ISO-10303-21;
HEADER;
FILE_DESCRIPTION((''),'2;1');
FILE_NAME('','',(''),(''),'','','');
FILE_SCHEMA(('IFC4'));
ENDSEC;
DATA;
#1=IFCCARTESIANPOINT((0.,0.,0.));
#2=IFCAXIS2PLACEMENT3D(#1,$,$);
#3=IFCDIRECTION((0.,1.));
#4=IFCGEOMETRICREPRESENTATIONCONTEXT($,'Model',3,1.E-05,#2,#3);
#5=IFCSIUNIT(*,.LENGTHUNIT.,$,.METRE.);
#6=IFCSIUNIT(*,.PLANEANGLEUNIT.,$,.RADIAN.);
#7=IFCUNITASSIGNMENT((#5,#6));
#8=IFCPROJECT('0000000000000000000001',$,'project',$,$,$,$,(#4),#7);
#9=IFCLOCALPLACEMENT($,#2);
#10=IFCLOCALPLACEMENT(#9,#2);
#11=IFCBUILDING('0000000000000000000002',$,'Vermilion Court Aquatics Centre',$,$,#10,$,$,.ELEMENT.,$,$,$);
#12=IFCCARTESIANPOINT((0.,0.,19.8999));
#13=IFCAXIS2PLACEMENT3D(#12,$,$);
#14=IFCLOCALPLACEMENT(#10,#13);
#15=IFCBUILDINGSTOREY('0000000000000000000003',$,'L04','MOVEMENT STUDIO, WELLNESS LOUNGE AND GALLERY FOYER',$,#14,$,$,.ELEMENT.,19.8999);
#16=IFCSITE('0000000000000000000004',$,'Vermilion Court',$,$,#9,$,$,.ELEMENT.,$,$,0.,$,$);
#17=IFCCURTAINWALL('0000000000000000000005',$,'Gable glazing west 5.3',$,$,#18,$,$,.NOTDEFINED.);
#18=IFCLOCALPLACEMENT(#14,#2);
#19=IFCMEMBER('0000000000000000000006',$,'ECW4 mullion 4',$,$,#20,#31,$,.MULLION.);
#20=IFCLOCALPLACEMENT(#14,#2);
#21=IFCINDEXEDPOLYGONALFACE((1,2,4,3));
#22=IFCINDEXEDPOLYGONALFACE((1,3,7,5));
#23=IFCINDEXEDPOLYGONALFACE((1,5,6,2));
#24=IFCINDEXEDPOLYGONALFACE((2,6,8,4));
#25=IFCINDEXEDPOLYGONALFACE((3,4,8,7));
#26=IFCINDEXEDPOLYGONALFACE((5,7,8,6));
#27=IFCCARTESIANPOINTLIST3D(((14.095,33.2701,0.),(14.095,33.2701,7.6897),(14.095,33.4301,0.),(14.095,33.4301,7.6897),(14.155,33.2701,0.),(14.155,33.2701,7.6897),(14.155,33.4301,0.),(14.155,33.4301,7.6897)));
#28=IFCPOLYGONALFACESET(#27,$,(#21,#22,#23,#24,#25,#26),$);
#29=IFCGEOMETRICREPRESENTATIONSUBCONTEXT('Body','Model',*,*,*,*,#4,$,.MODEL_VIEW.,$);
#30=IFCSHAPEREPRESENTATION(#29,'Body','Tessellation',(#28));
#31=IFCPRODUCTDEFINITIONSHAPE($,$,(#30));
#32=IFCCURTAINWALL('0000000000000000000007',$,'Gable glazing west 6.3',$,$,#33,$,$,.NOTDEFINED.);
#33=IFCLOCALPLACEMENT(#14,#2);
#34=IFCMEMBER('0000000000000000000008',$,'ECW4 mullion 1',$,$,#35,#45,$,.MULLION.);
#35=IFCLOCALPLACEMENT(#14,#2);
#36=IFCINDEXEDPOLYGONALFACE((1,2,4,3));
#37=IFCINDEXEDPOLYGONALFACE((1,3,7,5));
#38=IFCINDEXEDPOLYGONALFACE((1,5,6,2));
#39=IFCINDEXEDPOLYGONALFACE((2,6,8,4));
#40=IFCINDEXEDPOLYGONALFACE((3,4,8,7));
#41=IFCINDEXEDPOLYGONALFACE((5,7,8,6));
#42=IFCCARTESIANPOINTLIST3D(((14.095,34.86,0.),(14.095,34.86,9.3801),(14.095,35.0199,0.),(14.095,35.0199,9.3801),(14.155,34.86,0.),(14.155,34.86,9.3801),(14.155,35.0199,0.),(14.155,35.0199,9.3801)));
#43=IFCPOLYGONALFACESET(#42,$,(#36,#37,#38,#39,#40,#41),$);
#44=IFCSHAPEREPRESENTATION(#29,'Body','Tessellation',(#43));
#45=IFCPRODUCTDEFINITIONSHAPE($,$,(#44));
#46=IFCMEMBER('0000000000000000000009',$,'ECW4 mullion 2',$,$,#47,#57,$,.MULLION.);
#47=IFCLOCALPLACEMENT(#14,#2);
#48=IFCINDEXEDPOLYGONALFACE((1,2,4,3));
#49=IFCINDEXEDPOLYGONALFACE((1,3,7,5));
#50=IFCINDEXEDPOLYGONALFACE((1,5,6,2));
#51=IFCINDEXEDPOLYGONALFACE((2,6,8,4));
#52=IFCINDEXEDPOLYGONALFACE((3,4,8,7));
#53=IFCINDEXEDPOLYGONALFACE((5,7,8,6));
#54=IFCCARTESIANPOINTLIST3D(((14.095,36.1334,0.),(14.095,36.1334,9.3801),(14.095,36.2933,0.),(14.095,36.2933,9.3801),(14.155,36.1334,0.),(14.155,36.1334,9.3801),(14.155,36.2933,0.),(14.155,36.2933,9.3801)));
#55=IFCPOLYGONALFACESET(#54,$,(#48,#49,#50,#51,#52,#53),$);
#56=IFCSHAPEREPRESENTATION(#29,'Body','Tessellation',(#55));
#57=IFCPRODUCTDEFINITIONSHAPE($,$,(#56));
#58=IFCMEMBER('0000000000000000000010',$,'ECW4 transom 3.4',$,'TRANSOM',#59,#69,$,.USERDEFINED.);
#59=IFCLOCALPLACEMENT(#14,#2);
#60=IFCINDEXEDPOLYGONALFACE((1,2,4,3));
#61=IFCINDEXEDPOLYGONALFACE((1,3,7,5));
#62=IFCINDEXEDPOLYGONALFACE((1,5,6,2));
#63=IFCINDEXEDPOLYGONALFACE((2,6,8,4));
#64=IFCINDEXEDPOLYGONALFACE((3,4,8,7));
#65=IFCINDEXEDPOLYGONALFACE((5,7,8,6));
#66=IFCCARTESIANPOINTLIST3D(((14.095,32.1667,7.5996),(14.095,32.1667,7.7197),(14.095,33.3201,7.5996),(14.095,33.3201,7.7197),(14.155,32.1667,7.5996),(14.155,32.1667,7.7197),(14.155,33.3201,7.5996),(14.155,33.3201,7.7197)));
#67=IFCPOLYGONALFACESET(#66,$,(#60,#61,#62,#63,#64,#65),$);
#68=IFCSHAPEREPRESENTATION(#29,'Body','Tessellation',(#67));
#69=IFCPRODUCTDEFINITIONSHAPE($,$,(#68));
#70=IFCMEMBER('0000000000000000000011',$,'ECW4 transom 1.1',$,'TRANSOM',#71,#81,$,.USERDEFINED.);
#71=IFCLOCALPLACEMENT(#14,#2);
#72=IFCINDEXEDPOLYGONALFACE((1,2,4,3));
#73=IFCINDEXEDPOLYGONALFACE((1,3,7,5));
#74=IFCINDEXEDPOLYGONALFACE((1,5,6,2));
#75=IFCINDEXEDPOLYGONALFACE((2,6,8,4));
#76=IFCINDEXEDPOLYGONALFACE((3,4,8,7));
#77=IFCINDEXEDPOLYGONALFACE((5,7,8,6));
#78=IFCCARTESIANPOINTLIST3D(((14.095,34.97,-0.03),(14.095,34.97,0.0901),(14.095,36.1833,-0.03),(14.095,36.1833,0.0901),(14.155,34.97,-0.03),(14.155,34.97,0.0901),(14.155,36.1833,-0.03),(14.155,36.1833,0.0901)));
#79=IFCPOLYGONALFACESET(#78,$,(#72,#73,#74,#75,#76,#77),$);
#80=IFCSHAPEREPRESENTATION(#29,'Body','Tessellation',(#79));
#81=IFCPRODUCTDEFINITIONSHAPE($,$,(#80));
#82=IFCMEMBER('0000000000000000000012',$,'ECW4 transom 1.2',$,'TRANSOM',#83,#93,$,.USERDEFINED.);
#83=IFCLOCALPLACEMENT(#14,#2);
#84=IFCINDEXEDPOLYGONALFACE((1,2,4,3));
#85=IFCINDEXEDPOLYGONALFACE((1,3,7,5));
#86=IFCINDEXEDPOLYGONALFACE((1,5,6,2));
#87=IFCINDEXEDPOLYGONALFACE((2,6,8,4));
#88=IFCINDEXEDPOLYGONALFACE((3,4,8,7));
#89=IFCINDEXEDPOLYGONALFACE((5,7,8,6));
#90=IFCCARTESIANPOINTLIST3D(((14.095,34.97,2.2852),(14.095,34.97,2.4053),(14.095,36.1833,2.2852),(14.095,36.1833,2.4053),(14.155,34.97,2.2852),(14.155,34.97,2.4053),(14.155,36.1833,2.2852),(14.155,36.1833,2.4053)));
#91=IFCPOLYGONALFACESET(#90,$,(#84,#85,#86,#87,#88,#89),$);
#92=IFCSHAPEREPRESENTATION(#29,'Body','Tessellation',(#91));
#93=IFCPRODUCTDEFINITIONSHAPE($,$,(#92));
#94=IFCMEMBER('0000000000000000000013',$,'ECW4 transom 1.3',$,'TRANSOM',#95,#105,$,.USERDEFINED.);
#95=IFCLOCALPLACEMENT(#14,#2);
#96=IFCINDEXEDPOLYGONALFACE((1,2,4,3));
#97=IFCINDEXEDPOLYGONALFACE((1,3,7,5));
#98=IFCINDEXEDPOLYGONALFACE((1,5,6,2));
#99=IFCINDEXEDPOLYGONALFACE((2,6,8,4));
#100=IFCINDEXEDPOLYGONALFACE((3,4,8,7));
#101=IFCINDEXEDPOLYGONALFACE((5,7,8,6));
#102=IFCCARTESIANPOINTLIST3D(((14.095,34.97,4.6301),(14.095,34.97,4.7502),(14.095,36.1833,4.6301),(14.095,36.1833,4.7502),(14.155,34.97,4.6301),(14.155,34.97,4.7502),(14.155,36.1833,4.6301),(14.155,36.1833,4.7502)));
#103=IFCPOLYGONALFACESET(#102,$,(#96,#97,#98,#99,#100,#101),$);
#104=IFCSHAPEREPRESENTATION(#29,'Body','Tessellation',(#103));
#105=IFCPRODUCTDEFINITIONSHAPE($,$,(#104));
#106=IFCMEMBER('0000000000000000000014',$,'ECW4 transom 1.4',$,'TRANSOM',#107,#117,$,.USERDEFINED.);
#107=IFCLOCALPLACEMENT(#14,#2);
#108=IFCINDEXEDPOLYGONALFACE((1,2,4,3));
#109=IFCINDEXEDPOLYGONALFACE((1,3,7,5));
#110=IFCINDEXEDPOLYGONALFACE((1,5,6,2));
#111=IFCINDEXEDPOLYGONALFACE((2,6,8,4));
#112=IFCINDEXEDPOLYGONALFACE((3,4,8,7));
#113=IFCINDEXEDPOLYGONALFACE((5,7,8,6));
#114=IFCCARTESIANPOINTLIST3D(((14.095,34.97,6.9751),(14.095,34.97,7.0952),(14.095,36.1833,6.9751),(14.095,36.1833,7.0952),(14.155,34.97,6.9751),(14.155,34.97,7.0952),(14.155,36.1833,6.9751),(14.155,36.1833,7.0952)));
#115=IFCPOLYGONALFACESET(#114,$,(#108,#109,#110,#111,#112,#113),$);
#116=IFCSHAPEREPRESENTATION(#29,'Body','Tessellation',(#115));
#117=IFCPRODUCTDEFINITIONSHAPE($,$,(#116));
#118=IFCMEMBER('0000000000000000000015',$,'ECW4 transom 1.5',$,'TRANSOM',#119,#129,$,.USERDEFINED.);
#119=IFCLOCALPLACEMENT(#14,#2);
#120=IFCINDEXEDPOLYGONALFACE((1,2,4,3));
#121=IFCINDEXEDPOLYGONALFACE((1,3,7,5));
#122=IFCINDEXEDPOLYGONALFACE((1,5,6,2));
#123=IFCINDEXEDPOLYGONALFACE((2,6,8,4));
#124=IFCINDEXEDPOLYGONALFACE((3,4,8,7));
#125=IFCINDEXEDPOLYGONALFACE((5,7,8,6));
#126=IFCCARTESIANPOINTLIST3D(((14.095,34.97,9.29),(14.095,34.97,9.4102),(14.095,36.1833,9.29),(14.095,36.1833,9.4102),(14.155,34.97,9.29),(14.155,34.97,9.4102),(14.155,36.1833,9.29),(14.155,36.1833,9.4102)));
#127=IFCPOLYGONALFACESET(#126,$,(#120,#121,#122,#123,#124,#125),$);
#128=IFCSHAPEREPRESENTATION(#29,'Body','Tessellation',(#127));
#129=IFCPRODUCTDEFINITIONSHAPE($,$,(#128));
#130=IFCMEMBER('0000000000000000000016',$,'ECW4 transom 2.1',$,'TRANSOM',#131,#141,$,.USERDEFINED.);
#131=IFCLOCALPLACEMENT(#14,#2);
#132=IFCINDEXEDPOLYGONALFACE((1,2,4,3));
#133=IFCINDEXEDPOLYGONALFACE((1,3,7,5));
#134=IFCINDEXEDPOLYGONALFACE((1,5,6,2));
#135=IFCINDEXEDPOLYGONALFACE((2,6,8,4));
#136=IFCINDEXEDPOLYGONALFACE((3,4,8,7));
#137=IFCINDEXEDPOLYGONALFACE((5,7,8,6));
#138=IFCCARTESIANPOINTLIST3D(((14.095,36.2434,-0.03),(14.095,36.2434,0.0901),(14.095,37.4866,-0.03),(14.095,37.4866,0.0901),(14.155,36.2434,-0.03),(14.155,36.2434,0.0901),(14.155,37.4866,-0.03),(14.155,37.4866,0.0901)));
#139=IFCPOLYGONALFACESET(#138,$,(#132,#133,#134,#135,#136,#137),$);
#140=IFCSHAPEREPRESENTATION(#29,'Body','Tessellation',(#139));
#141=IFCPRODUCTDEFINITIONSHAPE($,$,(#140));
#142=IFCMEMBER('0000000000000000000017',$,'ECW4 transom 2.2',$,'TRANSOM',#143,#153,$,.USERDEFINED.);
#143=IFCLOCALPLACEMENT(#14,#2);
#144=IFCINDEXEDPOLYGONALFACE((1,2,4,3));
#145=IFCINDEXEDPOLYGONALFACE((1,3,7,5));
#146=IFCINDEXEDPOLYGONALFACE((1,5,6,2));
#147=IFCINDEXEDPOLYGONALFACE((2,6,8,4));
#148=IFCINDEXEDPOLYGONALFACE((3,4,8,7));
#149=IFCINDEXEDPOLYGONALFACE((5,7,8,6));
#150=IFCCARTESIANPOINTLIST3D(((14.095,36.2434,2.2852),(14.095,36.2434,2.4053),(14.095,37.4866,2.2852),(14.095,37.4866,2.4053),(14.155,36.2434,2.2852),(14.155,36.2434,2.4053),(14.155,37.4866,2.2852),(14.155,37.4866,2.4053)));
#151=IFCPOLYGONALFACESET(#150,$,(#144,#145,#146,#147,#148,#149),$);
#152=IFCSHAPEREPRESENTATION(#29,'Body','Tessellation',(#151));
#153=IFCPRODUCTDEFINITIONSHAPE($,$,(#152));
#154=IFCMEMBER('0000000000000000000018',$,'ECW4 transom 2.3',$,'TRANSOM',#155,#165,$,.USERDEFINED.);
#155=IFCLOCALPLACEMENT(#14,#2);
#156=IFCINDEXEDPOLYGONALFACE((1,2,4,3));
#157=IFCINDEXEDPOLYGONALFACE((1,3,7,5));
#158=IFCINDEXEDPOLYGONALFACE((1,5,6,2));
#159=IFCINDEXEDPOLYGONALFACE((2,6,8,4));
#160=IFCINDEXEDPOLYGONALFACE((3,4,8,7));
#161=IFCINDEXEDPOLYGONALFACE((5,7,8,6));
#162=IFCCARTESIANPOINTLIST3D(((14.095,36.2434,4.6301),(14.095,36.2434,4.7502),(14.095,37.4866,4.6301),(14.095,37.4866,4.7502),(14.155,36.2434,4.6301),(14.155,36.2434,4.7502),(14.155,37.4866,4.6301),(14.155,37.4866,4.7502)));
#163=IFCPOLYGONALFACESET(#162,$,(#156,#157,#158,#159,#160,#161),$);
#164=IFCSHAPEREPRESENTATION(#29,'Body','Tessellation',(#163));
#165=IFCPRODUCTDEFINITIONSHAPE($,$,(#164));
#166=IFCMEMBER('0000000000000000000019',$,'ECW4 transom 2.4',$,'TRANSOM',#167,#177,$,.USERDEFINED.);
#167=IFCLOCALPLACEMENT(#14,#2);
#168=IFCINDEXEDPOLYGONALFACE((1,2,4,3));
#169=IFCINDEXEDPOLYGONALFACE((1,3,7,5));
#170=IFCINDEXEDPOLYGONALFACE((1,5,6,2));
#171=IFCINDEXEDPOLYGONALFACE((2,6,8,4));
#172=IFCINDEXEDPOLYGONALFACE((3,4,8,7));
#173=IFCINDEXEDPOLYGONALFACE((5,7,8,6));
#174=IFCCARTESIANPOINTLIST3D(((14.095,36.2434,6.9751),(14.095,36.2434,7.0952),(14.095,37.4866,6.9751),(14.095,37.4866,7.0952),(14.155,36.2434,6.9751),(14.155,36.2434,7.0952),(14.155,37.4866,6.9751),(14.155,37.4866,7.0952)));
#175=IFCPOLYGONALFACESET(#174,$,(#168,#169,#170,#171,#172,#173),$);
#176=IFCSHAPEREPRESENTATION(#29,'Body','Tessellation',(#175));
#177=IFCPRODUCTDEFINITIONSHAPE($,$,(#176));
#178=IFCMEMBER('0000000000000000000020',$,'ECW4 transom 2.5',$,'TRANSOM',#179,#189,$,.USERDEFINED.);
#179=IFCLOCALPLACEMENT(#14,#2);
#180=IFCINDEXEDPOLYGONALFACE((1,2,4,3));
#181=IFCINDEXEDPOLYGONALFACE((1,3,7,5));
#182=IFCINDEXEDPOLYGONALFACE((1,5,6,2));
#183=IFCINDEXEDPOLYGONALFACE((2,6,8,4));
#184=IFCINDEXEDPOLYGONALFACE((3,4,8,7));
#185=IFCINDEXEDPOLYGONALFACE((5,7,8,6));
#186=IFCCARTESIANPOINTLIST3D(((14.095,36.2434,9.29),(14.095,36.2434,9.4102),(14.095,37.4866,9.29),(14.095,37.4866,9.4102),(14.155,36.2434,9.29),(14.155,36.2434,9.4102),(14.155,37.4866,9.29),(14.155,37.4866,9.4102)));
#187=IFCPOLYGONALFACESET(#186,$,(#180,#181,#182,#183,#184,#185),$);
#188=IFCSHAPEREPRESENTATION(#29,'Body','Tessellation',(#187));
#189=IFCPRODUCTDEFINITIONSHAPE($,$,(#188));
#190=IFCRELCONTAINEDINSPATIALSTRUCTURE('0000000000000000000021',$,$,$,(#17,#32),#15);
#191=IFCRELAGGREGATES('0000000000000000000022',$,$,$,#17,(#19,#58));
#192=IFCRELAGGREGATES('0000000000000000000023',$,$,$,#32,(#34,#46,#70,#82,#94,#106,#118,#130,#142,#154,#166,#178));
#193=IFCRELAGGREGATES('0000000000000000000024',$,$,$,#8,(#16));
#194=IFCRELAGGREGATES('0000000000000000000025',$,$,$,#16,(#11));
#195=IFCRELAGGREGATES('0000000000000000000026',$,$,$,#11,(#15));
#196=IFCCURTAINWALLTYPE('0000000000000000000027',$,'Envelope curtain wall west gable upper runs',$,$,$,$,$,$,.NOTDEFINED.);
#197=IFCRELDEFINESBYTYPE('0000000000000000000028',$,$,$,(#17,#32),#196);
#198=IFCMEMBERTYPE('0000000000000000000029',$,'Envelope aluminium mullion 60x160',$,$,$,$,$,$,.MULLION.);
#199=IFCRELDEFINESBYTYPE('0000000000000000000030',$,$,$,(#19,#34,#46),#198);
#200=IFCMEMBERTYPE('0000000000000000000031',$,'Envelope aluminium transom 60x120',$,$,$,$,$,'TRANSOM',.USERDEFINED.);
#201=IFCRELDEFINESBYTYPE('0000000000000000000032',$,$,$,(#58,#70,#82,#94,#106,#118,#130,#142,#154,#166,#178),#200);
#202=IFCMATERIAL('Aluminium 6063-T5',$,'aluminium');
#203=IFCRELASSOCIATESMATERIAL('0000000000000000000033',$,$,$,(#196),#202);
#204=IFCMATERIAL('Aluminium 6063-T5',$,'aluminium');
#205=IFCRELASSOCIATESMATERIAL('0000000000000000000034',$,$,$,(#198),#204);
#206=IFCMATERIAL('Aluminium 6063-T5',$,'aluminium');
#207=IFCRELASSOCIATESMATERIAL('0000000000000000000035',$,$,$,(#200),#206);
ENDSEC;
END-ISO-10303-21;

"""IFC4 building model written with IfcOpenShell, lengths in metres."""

from ifc_helpers import new_model, si_unit, direction, frame, origin, origin_2d, place, context, subcontext, project, spatial, rectangle, extrude, material, material_profile, profile_set, type_object, element, aggregate, save


model = new_model("IFC4")

# Units and contexts
model_context = context("Model", 3, precision=1e-05, world=origin(), true_north=direction((0.0, 1.0)))
body_context = subcontext(model_context, "Body", "Model", "MODEL_VIEW")
ifc_project = project(units=[si_unit("LENGTHUNIT", "METRE"), si_unit("PLANEANGLEUNIT", "RADIAN")], contexts=[model_context])

# Site, building, storey
site_placement = place(None, origin())
site = spatial("IfcSite", under=ifc_project, at=site_placement, Name="Vermilion Court", CompositionType="ELEMENT", RefElevation=0.0)
building_placement = place(site_placement, origin())
building = spatial("IfcBuilding", under=site, at=building_placement, Name="Vermilion Court Aquatics Centre", CompositionType="ELEMENT")
storey_placement = place(building_placement, frame((0.0, 0.0, 19.8999)))
storey = spatial("IfcBuildingStorey", under=building, at=storey_placement, Name="L04", Description="MOVEMENT STUDIO, WELLNESS LOUNGE AND GALLERY FOYER", CompositionType="ELEMENT", Elevation=19.8999)

# Curtain wall, member
ifc_material_1 = material(Name="Aluminium 6063-T5", Category="aluminium")
curtain_wall_type = type_object("IfcCurtainWallType", Name="Envelope curtain wall west gable upper runs", PredefinedType="NOTDEFINED", material=ifc_material_1)
curtain_wall_1_placement = place(storey_placement, origin())
curtain_wall_1 = element("IfcCurtainWall", 1, at=curtain_wall_1_placement, inside=storey, type_object=curtain_wall_type, Name="Gable glazing west 5.3", PredefinedType="NOTDEFINED")
ifc_material_2 = material(Name="Aluminium 6063-T5", Category="aluminium")
ifc_material_profile_1 = material_profile(ifc_material_2, rectangle(XDim=0.0601, YDim=0.1599, at=origin_2d()), Name="AL 60x160")
ifc_profile_set_1 = profile_set([ifc_material_profile_1], Name="Aluminium 6063-T5")
member_type_1 = type_object("IfcMemberType", Name="Envelope aluminium mullion 60x160", PredefinedType="MULLION", material=ifc_profile_set_1)
member_1_placement = place(storey_placement, frame((14.125, 33.3501, 0.0), z_axis=(0.0, 0.0, 1.0), x_axis=(-1.0, 0.0, 0.0)))
member_1 = element("IfcMember", 2, at=member_1_placement, type_object=member_type_1, Name="ECW4 mullion 4", PredefinedType="MULLION", context=body_context, shape_type="SweptSolid", body=[
    extrude(rectangle(XDim=0.0601, YDim=0.1599, at=origin_2d()), origin(), (0.0, 0.0, 1.0), 7.6897),
])

# Curtain wall, members
curtain_wall_2_placement = place(storey_placement, origin())
curtain_wall_2 = element("IfcCurtainWall", 3, at=curtain_wall_2_placement, inside=storey, type_object=curtain_wall_type, Name="Gable glazing west 6.3", PredefinedType="NOTDEFINED")
member_2_placement = place(storey_placement, frame((14.125, 34.9399, 0.0), z_axis=(0.0, 0.0, 1.0), x_axis=(-1.0, 0.0, 0.0)))
member_2 = element("IfcMember", 4, at=member_2_placement, type_object=member_type_1, Name="ECW4 mullion 1", PredefinedType="MULLION", context=body_context, shape_type="SweptSolid", body=[
    extrude(rectangle(XDim=0.0601, YDim=0.1599, at=origin_2d()), origin(), (0.0, 0.0, 1.0), 9.3801),
])
member_3_placement = place(storey_placement, frame((14.125, 36.2134, 0.0), z_axis=(0.0, 0.0, 1.0), x_axis=(-1.0, 0.0, 0.0)))
member_3 = element("IfcMember", 5, at=member_3_placement, type_object=member_type_1, Name="ECW4 mullion 2", PredefinedType="MULLION", context=body_context, shape_type="SweptSolid", body=[
    extrude(rectangle(XDim=0.0601, YDim=0.1599, at=origin_2d()), origin(), (0.0, 0.0, 1.0), 9.3801),
])

# Members
ifc_material_3 = material(Name="Aluminium 6063-T5", Category="aluminium")
ifc_material_profile_2 = material_profile(ifc_material_3, rectangle(XDim=0.0601, YDim=0.1201, at=origin_2d()), Name="AL 60x120")
ifc_profile_set_2 = profile_set([ifc_material_profile_2], Name="Aluminium 6063-T5")
member_type_2 = type_object("IfcMemberType", Name="Envelope aluminium transom 60x120", ElementType="TRANSOM", PredefinedType="USERDEFINED", material=ifc_profile_set_2)
member_4_placement = place(storey_placement, frame((14.125, 32.1667, 7.6597), z_axis=(0.0, 1.0, 0.0), x_axis=(-1.0, 0.0, 0.0)))
member_4 = element("IfcMember", 6, at=member_4_placement, type_object=member_type_2, Name="ECW4 transom 3.4", ObjectType="TRANSOM", PredefinedType="USERDEFINED", context=body_context, shape_type="SweptSolid", body=[
    extrude(rectangle(XDim=0.0601, YDim=0.1201, at=origin_2d()), origin(), (0.0, 0.0, 1.0), 1.1533),
])
member_5_placement = place(storey_placement, frame((14.125, 34.97, 0.03), z_axis=(0.0, 1.0, 0.0), x_axis=(-1.0, 0.0, 0.0)))
member_5 = element("IfcMember", 7, at=member_5_placement, type_object=member_type_2, Name="ECW4 transom 1.1", ObjectType="TRANSOM", PredefinedType="USERDEFINED", context=body_context, shape_type="SweptSolid", body=[
    extrude(rectangle(XDim=0.0601, YDim=0.1201, at=origin_2d()), origin(), (0.0, 0.0, 1.0), 1.2134),
])
member_6_placement = place(storey_placement, frame((14.125, 34.97, 2.3452), z_axis=(0.0, 1.0, 0.0), x_axis=(-1.0, 0.0, 0.0)))
member_6 = element("IfcMember", 8, at=member_6_placement, type_object=member_type_2, Name="ECW4 transom 1.2", ObjectType="TRANSOM", PredefinedType="USERDEFINED", context=body_context, shape_type="SweptSolid", body=[
    extrude(rectangle(XDim=0.0601, YDim=0.1201, at=origin_2d()), origin(), (0.0, 0.0, 1.0), 1.2134),
])
member_7_placement = place(storey_placement, frame((14.125, 34.97, 4.6902), z_axis=(0.0, 1.0, 0.0), x_axis=(-1.0, 0.0, 0.0)))
member_7 = element("IfcMember", 9, at=member_7_placement, type_object=member_type_2, Name="ECW4 transom 1.3", ObjectType="TRANSOM", PredefinedType="USERDEFINED", context=body_context, shape_type="SweptSolid", body=[
    extrude(rectangle(XDim=0.0601, YDim=0.1201, at=origin_2d()), origin(), (0.0, 0.0, 1.0), 1.2134),
])
member_8_placement = place(storey_placement, frame((14.125, 34.97, 7.0352), z_axis=(0.0, 1.0, 0.0), x_axis=(-1.0, 0.0, 0.0)))
member_8 = element("IfcMember", 10, at=member_8_placement, type_object=member_type_2, Name="ECW4 transom 1.4", ObjectType="TRANSOM", PredefinedType="USERDEFINED", context=body_context, shape_type="SweptSolid", body=[
    extrude(rectangle(XDim=0.0601, YDim=0.1201, at=origin_2d()), origin(), (0.0, 0.0, 1.0), 1.2134),
])
member_9_placement = place(storey_placement, frame((14.125, 34.97, 9.3501), z_axis=(0.0, 1.0, 0.0), x_axis=(-1.0, 0.0, 0.0)))
member_9 = element("IfcMember", 11, at=member_9_placement, type_object=member_type_2, Name="ECW4 transom 1.5", ObjectType="TRANSOM", PredefinedType="USERDEFINED", context=body_context, shape_type="SweptSolid", body=[
    extrude(rectangle(XDim=0.0601, YDim=0.1201, at=origin_2d()), origin(), (0.0, 0.0, 1.0), 1.2134),
])
member_10_placement = place(storey_placement, frame((14.125, 36.2434, 0.03), z_axis=(0.0, 1.0, 0.0), x_axis=(-1.0, 0.0, 0.0)))
member_10 = element("IfcMember", 12, at=member_10_placement, type_object=member_type_2, Name="ECW4 transom 2.1", ObjectType="TRANSOM", PredefinedType="USERDEFINED", context=body_context, shape_type="SweptSolid", body=[
    extrude(rectangle(XDim=0.0601, YDim=0.1201, at=origin_2d()), origin(), (0.0, 0.0, 1.0), 1.2432),
])
member_11_placement = place(storey_placement, frame((14.125, 36.2434, 2.3452), z_axis=(0.0, 1.0, 0.0), x_axis=(-1.0, 0.0, 0.0)))
member_11 = element("IfcMember", 13, at=member_11_placement, type_object=member_type_2, Name="ECW4 transom 2.2", ObjectType="TRANSOM", PredefinedType="USERDEFINED", context=body_context, shape_type="SweptSolid", body=[
    extrude(rectangle(XDim=0.0601, YDim=0.1201, at=origin_2d()), origin(), (0.0, 0.0, 1.0), 1.2432),
])
member_12_placement = place(storey_placement, frame((14.125, 36.2434, 4.6902), z_axis=(0.0, 1.0, 0.0), x_axis=(-1.0, 0.0, 0.0)))
member_12 = element("IfcMember", 14, at=member_12_placement, type_object=member_type_2, Name="ECW4 transom 2.3", ObjectType="TRANSOM", PredefinedType="USERDEFINED", context=body_context, shape_type="SweptSolid", body=[
    extrude(rectangle(XDim=0.0601, YDim=0.1201, at=origin_2d()), origin(), (0.0, 0.0, 1.0), 1.2432),
])
member_13_placement = place(storey_placement, frame((14.125, 36.2434, 7.0352), z_axis=(0.0, 1.0, 0.0), x_axis=(-1.0, 0.0, 0.0)))
member_13 = element("IfcMember", 15, at=member_13_placement, type_object=member_type_2, Name="ECW4 transom 2.4", ObjectType="TRANSOM", PredefinedType="USERDEFINED", context=body_context, shape_type="SweptSolid", body=[
    extrude(rectangle(XDim=0.0601, YDim=0.1201, at=origin_2d()), origin(), (0.0, 0.0, 1.0), 1.2432),
])
member_14_placement = place(storey_placement, frame((14.125, 36.2434, 9.3501), z_axis=(0.0, 1.0, 0.0), x_axis=(-1.0, 0.0, 0.0)))
member_14 = element("IfcMember", 16, at=member_14_placement, type_object=member_type_2, Name="ECW4 transom 2.5", ObjectType="TRANSOM", PredefinedType="USERDEFINED", context=body_context, shape_type="SweptSolid", body=[
    extrude(rectangle(XDim=0.0601, YDim=0.1201, at=origin_2d()), origin(), (0.0, 0.0, 1.0), 1.2432),
])

aggregate(curtain_wall_1, [member_1, member_4])
aggregate(curtain_wall_2, [member_2, member_3, member_5, member_6, member_7, member_8, member_9, member_10, member_11, member_12, member_13, member_14])

save(model, "model.ifc")
